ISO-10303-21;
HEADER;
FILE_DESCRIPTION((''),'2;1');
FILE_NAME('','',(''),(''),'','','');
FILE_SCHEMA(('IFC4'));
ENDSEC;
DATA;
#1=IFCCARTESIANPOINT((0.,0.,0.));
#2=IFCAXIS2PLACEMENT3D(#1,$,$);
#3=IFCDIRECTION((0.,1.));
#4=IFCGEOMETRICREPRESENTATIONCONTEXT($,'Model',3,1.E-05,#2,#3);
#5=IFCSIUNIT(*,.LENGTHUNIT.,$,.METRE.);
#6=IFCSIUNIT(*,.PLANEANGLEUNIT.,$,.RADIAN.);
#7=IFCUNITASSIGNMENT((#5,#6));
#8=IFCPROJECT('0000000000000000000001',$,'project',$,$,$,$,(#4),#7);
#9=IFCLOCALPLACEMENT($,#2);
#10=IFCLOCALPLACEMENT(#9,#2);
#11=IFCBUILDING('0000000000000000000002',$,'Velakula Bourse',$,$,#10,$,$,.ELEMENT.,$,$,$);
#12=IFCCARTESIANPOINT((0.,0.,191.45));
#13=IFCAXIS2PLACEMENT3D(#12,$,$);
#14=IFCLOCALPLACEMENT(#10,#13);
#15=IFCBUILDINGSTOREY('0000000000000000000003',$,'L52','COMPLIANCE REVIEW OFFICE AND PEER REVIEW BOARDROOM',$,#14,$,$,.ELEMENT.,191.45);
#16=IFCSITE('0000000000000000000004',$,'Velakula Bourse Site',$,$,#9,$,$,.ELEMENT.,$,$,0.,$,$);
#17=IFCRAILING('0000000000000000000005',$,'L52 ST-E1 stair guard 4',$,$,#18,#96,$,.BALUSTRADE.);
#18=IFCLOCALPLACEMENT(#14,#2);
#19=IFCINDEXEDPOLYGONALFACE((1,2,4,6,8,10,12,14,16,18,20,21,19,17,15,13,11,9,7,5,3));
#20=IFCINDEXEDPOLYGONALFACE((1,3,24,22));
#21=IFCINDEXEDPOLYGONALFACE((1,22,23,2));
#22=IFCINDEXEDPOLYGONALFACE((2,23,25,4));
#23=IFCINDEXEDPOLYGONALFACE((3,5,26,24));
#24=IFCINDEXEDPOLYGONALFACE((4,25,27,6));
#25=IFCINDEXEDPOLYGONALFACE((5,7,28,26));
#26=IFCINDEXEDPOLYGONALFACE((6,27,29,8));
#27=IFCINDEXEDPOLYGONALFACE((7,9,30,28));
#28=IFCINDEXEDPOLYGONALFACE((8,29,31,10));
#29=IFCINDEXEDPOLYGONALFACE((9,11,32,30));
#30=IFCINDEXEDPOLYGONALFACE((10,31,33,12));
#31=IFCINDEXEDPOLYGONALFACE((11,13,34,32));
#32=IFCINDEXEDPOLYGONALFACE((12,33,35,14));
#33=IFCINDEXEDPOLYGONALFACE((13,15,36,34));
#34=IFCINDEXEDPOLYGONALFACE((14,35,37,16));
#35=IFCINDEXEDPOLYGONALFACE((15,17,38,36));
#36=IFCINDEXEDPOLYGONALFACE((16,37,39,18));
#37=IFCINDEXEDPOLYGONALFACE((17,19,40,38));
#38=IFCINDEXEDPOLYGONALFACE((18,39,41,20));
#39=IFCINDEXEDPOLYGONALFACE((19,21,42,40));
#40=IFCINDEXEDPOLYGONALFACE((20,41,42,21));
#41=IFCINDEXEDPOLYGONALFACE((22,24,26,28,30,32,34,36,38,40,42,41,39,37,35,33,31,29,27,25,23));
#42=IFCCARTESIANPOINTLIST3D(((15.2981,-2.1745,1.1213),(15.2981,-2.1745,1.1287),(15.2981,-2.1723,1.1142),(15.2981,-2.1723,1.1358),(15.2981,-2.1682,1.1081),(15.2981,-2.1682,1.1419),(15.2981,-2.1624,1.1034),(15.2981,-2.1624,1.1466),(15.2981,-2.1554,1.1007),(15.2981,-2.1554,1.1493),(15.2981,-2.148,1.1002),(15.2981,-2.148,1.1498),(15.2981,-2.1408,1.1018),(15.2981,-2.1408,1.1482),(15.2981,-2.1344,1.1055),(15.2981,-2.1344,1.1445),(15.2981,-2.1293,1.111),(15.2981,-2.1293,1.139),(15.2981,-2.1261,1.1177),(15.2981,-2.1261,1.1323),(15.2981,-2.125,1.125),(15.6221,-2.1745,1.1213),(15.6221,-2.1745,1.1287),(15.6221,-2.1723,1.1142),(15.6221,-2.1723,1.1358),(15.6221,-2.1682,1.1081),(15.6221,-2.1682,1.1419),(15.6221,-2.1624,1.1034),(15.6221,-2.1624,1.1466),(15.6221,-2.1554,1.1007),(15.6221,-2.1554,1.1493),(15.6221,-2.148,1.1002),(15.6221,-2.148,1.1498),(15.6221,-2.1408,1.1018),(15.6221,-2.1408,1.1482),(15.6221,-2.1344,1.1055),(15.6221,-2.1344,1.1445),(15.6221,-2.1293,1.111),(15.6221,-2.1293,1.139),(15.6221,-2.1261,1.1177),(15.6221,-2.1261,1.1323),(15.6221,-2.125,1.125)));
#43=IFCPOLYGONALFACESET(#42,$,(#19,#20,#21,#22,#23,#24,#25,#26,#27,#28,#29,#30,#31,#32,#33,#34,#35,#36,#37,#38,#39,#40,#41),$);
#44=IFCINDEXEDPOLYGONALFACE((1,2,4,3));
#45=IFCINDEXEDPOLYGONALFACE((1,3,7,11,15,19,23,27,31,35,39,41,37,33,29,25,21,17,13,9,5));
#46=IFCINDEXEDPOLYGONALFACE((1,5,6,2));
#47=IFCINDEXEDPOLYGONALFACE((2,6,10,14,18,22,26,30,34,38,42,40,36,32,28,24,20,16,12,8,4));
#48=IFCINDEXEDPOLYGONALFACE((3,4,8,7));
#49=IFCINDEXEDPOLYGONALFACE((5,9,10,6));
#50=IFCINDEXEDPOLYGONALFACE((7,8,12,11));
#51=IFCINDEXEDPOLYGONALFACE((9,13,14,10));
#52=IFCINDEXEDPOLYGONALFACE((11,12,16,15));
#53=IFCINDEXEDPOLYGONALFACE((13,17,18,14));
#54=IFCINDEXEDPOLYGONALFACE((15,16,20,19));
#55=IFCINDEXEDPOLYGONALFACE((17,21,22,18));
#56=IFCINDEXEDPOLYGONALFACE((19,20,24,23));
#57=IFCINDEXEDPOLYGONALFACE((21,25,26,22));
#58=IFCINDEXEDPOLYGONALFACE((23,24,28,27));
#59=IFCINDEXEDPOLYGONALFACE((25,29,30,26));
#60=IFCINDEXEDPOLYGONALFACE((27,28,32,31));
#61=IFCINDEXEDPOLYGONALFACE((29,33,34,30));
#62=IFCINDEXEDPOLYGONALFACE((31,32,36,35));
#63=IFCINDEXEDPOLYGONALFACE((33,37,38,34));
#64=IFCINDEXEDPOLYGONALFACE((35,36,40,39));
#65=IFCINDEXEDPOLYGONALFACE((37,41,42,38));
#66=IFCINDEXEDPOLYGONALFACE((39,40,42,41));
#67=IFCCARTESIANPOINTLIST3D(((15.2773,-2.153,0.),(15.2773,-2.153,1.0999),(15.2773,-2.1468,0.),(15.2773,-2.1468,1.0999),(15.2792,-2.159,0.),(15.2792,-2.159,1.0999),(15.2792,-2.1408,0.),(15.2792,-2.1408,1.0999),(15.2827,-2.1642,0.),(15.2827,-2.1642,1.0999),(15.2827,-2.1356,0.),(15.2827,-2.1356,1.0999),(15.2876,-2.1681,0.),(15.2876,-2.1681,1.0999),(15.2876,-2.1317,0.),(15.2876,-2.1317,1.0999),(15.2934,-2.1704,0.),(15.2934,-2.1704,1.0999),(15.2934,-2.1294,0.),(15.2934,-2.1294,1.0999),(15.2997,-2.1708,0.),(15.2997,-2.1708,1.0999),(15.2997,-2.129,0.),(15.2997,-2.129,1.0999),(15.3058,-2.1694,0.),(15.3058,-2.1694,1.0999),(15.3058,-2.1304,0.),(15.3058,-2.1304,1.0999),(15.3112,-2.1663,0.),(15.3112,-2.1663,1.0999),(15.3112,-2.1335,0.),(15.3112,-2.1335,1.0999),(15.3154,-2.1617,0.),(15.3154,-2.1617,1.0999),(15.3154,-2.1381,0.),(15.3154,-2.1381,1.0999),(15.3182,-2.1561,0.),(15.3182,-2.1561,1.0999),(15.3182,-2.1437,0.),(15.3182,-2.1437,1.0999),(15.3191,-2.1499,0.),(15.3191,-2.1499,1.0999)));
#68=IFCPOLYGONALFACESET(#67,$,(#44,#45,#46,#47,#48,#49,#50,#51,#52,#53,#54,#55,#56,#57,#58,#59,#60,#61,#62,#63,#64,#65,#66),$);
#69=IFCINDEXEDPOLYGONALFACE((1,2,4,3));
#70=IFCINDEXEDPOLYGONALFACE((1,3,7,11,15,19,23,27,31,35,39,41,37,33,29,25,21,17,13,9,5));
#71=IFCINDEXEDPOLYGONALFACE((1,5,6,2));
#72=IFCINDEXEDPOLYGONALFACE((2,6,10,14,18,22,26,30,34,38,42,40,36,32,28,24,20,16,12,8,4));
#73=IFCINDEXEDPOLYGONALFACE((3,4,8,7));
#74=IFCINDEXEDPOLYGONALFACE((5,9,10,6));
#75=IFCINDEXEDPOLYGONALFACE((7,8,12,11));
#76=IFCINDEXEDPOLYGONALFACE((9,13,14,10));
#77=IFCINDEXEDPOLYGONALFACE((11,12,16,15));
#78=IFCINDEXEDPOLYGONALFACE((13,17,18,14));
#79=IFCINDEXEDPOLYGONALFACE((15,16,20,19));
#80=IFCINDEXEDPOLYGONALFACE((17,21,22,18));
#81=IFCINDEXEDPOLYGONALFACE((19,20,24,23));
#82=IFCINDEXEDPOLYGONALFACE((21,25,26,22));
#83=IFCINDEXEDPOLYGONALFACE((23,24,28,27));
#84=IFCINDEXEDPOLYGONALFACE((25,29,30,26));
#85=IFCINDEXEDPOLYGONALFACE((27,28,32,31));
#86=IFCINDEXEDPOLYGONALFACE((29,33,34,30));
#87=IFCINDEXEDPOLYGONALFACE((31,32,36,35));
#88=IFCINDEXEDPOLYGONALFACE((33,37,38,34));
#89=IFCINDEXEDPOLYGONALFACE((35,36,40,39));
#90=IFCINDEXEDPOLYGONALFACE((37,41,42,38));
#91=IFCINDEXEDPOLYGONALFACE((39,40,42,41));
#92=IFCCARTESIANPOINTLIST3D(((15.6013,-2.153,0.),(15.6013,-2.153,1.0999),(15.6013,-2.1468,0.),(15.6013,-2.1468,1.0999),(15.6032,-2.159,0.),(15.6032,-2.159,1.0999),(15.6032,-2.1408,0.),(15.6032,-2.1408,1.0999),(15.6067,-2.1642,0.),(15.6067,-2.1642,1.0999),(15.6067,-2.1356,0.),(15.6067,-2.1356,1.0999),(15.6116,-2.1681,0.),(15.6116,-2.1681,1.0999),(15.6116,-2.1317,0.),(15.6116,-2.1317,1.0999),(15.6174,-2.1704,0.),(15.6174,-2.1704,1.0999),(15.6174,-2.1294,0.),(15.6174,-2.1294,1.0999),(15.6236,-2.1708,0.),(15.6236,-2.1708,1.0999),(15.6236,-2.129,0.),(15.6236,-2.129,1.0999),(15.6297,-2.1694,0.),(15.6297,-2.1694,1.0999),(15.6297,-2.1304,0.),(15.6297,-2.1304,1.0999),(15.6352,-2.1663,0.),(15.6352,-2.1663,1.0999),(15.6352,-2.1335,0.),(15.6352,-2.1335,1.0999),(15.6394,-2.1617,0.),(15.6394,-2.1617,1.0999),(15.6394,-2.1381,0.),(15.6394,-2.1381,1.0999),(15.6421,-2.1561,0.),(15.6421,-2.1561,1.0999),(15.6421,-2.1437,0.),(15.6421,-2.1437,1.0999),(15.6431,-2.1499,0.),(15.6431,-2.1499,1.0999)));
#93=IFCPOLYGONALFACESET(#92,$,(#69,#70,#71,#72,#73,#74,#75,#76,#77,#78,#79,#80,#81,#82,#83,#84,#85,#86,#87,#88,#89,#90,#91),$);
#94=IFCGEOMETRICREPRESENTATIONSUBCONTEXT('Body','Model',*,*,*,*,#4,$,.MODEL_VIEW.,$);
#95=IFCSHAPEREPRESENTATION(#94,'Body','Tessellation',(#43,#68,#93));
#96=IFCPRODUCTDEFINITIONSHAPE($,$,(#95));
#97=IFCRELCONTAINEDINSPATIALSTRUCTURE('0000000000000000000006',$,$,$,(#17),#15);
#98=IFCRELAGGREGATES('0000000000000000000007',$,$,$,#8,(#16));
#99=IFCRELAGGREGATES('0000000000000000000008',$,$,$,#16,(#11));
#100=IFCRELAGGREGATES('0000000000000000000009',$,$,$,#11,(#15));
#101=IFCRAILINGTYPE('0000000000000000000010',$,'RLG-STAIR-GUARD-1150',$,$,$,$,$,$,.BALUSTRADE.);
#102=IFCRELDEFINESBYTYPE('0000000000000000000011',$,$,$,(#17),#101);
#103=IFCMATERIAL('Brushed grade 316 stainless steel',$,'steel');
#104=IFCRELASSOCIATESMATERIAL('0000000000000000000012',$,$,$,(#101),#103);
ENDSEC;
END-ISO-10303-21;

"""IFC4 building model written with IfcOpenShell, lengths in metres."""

from ifc_helpers import new_model, si_unit, direction, frame, origin, origin_2d, place, context, subcontext, project, spatial, circle, extrude, material, type_object, element, save


model = new_model("IFC4")

# Units and contexts
model_context = context("Model", 3, precision=1e-05, world=origin(), true_north=direction((0.0, 1.0)))
body_context = subcontext(model_context, "Body", "Model", "MODEL_VIEW")
ifc_project = project(units=[si_unit("LENGTHUNIT", "METRE"), si_unit("PLANEANGLEUNIT", "RADIAN")], contexts=[model_context])

# Site, building, storey
site_placement = place(None, origin())
site = spatial("IfcSite", under=ifc_project, at=site_placement, Name="Velakula Bourse Site", CompositionType="ELEMENT", RefElevation=0.0)
building_placement = place(site_placement, origin())
building = spatial("IfcBuilding", under=site, at=building_placement, Name="Velakula Bourse", CompositionType="ELEMENT")
storey_placement = place(building_placement, frame((0.0, 0.0, 191.45)))
storey = spatial("IfcBuildingStorey", under=building, at=storey_placement, Name="L52", Description="COMPLIANCE REVIEW OFFICE AND PEER REVIEW BOARDROOM", CompositionType="ELEMENT", Elevation=191.45)

# Shared definitions
ifc_material_1 = material(Name="Brushed grade 316 stainless steel", Category="steel")

# Railing
railing_type_1 = type_object("IfcRailingType", Name="RLG-STAIR-GUARD-1150", PredefinedType="BALUSTRADE", material=ifc_material_1)
railing_1_placement = place(storey_placement, frame((15.2981, -2.1499, 0.0)))
element("IfcRailing", 1, at=railing_1_placement, inside=storey, type_object=railing_type_1, Name="L52 ST-E1 stair guard 4", PredefinedType="BALUSTRADE", context=body_context, shape_type="SweptSolid", body=[
    extrude(circle(Radius=0.0249, at=origin_2d()), frame((0.0, 0.0, 1.125), z_axis=(1.0, 0.0, 0.0), x_axis=(0.0, 1.0, 0.0)), (0.0, 0.0, 1.0), 0.324),
    extrude(circle(Radius=0.021, at=origin_2d()), origin(), (0.0, 0.0, 1.0), 1.0999),
    extrude(circle(Radius=0.021, at=origin_2d()), frame((0.324, 0.0, 0.0)), (0.0, 0.0, 1.0), 1.0999),
])

save(model, "model.ifc")
